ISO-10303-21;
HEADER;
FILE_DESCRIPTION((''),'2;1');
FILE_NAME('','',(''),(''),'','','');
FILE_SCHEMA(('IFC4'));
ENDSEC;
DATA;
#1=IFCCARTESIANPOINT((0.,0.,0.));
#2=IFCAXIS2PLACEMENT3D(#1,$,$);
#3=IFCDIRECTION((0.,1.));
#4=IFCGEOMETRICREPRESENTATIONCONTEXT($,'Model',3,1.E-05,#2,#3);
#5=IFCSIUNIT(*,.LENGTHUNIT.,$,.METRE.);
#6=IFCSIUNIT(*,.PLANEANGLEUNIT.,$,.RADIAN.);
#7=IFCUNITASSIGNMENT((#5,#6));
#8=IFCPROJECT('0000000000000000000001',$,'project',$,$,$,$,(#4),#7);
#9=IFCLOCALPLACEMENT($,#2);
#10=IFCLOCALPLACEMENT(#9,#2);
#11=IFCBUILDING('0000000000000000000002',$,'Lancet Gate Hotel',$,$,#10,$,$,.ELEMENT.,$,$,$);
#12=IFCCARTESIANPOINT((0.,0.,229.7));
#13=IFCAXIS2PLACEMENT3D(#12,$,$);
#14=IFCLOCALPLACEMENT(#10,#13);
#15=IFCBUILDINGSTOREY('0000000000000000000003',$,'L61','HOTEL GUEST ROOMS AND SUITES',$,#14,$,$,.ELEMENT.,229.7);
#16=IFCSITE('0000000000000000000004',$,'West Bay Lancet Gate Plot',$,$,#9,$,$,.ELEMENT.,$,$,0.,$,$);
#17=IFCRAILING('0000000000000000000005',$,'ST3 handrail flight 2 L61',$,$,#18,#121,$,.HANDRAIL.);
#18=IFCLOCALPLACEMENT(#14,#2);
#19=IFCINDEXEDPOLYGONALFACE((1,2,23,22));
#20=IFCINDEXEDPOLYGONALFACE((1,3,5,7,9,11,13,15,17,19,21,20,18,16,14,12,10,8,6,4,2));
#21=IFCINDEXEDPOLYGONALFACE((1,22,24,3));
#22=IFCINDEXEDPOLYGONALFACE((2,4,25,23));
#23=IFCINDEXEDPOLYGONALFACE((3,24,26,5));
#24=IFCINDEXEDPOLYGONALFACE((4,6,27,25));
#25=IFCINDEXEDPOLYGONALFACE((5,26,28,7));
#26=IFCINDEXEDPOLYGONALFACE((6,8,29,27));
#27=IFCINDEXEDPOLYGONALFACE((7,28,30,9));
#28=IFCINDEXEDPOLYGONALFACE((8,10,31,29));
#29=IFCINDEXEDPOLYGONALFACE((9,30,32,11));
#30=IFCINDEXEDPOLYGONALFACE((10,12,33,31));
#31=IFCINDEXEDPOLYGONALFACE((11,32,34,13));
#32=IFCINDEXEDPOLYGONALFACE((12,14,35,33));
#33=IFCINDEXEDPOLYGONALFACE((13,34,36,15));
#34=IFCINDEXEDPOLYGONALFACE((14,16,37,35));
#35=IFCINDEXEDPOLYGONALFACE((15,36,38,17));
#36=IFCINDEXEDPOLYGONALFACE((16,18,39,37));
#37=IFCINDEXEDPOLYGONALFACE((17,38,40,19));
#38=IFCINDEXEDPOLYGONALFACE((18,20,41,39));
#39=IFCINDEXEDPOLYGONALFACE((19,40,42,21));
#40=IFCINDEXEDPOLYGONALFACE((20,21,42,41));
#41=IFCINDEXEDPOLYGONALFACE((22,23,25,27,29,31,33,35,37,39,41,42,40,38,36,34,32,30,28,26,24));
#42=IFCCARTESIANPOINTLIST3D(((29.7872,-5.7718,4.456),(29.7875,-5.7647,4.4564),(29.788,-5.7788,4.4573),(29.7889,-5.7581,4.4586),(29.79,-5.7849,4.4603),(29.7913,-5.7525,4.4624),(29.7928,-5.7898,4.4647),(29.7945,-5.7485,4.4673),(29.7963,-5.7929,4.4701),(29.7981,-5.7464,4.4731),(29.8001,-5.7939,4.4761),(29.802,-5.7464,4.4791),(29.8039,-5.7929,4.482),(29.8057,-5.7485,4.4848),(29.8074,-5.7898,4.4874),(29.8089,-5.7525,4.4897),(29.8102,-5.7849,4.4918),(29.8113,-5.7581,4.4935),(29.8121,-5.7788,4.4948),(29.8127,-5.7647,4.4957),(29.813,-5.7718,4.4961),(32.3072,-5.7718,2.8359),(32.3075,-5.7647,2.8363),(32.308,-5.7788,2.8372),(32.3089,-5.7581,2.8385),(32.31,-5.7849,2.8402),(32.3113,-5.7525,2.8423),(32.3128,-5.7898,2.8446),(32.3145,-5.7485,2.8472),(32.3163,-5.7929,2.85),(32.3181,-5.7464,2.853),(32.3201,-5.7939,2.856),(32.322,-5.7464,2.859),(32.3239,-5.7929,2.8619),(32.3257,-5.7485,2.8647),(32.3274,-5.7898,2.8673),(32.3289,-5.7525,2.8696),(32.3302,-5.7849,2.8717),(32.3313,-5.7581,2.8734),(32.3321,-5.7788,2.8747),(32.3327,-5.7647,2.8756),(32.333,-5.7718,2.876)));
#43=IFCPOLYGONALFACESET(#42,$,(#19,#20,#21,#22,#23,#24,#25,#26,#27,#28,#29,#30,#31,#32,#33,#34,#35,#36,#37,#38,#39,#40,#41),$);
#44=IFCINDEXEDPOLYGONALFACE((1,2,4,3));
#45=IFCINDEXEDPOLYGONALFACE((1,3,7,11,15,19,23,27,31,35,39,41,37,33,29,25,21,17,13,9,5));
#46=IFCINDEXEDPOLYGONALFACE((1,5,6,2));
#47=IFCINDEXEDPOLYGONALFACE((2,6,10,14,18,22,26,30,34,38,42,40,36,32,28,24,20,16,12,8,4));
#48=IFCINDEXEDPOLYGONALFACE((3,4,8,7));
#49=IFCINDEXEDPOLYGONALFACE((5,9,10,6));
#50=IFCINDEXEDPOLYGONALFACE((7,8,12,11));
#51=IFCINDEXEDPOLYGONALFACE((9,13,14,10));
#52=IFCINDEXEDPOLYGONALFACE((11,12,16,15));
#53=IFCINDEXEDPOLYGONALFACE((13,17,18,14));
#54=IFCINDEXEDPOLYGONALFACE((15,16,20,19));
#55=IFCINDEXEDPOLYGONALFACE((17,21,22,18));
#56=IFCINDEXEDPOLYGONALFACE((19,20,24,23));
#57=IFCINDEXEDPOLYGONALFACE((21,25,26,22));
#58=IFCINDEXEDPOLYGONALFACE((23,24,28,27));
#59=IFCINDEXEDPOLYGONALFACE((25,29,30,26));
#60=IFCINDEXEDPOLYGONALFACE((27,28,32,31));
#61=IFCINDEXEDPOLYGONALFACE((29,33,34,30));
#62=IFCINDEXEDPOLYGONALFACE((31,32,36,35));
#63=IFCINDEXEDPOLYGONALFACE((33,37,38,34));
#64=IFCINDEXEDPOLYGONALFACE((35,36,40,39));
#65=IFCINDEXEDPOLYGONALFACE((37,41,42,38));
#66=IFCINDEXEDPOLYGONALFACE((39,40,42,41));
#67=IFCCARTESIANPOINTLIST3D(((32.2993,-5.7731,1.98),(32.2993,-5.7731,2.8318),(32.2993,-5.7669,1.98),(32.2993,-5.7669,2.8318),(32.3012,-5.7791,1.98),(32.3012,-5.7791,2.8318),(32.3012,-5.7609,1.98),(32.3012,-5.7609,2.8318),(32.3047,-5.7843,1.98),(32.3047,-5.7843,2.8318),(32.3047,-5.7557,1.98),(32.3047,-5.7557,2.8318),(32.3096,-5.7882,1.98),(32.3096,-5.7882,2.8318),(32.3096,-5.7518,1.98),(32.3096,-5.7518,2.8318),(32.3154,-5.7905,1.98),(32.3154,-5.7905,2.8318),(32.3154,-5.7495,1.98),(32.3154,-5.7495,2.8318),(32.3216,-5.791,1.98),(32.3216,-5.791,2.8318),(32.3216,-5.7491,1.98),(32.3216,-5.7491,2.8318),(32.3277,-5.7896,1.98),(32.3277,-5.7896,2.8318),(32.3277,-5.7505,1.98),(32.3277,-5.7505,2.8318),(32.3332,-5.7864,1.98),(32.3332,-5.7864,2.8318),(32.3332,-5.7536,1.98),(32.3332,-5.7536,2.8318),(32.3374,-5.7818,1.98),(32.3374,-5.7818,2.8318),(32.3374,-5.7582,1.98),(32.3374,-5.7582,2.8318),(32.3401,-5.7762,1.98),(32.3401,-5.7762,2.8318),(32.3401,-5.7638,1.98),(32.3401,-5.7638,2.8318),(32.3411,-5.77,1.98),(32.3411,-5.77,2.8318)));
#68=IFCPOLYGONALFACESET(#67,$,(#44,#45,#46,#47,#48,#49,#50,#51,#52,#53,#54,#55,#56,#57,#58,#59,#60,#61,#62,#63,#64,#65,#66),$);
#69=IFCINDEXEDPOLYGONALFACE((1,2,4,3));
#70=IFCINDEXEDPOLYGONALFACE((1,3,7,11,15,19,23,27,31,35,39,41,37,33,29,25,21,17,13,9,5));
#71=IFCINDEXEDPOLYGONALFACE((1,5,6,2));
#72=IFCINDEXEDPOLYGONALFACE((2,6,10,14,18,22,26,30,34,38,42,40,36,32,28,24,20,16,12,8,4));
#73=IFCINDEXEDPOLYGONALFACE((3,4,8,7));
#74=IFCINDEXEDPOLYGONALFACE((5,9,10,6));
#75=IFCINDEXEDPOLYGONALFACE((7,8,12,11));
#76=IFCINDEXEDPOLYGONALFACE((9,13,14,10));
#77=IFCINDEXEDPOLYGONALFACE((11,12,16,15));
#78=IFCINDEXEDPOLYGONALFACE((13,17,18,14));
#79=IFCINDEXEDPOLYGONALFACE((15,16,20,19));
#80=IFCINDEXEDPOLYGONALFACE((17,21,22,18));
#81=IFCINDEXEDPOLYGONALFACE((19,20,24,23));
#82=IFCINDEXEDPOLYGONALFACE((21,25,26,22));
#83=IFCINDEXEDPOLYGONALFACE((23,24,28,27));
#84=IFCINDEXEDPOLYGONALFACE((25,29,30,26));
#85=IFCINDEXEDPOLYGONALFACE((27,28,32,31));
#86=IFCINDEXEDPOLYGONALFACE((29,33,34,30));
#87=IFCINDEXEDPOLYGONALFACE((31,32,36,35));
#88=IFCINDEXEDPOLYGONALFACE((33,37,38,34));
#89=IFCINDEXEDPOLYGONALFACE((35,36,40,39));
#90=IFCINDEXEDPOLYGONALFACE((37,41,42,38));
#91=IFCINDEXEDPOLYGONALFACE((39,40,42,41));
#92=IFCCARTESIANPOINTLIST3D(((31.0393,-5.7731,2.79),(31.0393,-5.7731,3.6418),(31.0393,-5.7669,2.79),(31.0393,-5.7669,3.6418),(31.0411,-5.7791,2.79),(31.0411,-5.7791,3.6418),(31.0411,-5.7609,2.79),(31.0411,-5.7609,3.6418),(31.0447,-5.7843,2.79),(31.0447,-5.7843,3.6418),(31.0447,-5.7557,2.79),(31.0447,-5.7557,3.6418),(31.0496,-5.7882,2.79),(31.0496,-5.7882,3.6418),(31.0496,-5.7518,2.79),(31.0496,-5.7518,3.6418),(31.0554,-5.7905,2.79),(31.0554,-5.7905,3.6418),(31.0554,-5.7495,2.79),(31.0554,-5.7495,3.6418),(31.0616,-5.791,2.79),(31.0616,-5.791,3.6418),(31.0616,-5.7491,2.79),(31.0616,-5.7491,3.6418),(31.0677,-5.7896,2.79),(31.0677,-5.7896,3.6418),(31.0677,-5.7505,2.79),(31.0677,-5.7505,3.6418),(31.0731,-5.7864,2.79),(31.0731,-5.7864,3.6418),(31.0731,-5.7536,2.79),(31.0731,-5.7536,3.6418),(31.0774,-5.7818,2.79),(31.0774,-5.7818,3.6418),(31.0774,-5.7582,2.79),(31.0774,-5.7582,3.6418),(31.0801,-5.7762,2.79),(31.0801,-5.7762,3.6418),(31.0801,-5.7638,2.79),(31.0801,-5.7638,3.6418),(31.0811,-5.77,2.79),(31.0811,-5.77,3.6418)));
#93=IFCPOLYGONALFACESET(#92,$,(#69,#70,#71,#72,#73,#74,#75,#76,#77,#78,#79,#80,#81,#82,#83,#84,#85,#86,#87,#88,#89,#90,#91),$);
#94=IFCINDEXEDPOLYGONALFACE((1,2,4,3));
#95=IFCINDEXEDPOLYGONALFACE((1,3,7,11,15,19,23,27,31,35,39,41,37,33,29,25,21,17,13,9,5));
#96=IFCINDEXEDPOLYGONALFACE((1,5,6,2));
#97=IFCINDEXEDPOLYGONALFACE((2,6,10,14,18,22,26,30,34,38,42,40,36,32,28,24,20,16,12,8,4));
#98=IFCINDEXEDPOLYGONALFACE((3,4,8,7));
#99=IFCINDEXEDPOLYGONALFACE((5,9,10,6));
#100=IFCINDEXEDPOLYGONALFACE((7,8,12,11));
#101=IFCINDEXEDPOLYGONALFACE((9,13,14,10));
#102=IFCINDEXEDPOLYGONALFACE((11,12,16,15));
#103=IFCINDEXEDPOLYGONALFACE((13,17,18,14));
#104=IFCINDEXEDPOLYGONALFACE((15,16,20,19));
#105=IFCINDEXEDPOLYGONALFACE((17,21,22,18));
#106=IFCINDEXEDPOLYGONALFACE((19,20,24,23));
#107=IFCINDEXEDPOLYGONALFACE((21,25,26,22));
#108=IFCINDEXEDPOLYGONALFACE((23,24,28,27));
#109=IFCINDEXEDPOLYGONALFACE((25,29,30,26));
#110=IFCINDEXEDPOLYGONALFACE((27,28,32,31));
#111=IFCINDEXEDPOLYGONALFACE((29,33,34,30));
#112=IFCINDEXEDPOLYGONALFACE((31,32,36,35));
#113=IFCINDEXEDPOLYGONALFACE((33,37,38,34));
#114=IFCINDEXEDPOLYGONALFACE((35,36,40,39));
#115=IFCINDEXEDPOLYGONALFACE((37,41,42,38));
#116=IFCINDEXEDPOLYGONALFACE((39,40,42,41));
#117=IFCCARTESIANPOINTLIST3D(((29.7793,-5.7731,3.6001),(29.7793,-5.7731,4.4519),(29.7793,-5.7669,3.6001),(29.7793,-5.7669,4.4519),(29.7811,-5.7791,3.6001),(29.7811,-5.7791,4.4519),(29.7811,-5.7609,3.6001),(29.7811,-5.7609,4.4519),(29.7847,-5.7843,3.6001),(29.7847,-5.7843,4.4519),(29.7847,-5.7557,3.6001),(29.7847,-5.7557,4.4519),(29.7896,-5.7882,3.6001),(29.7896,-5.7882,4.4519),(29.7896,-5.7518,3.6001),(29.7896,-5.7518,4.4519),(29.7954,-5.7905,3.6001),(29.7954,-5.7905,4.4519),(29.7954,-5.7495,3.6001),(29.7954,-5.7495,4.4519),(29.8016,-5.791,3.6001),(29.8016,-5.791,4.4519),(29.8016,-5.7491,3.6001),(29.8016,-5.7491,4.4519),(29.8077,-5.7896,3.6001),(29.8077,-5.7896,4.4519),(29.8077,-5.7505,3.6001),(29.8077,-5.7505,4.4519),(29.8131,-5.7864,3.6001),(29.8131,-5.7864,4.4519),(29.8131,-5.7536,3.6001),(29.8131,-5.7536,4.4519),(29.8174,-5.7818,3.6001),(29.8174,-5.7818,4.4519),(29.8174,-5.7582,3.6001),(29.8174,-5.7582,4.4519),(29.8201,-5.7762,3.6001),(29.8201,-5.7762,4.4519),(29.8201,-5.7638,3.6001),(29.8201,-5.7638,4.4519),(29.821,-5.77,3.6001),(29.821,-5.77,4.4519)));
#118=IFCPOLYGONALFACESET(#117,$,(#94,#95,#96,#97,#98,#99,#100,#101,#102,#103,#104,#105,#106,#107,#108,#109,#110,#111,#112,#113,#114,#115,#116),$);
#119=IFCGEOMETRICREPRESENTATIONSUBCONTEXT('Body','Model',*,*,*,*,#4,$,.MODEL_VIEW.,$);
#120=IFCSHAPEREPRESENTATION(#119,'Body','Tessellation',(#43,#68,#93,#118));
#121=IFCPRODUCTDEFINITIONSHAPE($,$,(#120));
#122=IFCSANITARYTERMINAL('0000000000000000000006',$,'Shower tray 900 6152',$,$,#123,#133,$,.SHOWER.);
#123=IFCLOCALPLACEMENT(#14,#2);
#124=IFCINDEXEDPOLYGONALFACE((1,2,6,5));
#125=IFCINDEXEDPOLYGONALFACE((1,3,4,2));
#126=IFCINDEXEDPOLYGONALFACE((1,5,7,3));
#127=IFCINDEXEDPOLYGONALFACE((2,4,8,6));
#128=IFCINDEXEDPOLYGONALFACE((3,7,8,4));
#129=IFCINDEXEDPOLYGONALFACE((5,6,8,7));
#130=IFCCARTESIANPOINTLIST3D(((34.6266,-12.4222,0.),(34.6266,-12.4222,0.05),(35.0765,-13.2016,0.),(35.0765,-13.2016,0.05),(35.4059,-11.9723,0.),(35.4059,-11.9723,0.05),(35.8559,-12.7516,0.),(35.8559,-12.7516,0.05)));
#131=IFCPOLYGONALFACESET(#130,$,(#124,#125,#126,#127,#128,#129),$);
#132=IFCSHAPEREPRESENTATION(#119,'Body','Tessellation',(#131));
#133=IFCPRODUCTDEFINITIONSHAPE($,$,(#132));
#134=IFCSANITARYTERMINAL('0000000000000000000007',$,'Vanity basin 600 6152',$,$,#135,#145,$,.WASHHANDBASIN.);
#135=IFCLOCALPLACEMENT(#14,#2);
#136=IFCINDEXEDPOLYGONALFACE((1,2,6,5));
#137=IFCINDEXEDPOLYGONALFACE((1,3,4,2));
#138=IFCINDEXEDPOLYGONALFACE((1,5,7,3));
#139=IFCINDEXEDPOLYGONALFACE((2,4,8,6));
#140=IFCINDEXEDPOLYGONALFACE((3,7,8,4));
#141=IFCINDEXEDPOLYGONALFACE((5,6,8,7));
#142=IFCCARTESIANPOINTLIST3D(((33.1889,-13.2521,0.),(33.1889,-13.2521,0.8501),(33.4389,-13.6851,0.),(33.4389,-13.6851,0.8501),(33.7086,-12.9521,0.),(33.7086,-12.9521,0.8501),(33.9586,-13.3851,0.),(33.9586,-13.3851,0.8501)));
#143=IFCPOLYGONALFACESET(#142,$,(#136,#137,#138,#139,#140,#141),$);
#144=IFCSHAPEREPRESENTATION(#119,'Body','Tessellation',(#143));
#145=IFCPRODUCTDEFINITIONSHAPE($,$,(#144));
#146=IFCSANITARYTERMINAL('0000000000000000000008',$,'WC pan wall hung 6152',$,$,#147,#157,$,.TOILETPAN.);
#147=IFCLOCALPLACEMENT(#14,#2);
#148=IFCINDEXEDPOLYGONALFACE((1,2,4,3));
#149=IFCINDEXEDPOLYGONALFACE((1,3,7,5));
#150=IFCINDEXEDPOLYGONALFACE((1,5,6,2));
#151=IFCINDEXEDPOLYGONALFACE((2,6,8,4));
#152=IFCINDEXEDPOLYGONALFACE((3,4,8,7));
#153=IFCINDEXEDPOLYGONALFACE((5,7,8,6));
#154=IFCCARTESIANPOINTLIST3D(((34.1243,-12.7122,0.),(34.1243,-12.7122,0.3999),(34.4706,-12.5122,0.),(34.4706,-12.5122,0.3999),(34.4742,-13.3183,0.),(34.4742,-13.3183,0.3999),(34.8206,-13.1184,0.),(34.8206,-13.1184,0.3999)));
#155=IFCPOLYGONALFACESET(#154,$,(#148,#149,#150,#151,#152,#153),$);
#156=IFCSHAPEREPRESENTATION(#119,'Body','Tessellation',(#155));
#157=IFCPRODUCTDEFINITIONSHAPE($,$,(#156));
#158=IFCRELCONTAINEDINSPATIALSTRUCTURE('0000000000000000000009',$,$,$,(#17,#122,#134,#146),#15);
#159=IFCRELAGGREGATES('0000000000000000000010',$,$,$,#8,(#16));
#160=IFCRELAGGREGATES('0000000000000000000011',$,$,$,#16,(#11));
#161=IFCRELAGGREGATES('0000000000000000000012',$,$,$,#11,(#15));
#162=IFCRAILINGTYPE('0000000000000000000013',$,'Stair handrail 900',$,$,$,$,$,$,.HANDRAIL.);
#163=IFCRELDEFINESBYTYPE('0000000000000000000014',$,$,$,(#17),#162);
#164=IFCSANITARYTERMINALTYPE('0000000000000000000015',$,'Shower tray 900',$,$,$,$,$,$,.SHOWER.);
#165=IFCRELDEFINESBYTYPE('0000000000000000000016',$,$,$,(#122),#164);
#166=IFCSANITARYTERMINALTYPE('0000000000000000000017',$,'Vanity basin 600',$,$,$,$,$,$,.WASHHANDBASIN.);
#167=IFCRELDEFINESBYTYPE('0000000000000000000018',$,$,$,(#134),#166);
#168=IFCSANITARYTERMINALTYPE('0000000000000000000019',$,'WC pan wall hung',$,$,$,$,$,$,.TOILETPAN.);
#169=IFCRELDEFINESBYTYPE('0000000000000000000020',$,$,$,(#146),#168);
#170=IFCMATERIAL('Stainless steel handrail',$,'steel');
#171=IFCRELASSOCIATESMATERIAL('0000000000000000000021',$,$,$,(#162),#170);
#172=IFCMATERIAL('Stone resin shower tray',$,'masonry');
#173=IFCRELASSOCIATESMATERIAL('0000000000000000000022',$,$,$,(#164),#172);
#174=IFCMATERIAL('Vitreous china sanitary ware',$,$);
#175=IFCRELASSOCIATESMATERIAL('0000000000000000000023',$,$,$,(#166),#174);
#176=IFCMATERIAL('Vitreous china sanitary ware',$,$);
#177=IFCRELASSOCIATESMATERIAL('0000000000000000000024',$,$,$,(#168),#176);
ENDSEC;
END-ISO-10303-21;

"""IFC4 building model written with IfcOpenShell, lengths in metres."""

from ifc_helpers import new_model, si_unit, direction, frame, origin, origin_2d, place, context, subcontext, project, spatial, rectangle, circle, extrude, material, type_object, element, save


model = new_model("IFC4")

# Units and contexts
model_context = context("Model", 3, precision=1e-05, world=origin(), true_north=direction((0.0, 1.0)))
body_context = subcontext(model_context, "Body", "Model", "MODEL_VIEW")
ifc_project = project(units=[si_unit("LENGTHUNIT", "METRE"), si_unit("PLANEANGLEUNIT", "RADIAN")], contexts=[model_context])

# Site, building, storey
site_placement = place(None, origin())
site = spatial("IfcSite", under=ifc_project, at=site_placement, Name="West Bay Lancet Gate Plot", CompositionType="ELEMENT", RefElevation=0.0)
building_placement = place(site_placement, origin())
building = spatial("IfcBuilding", under=site, at=building_placement, Name="Lancet Gate Hotel", CompositionType="ELEMENT")
storey_placement = place(building_placement, frame((0.0, 0.0, 229.7)))
storey = spatial("IfcBuildingStorey", under=building, at=storey_placement, Name="L61", Description="HOTEL GUEST ROOMS AND SUITES", CompositionType="ELEMENT", Elevation=229.7)

# Railing
ifc_material_1 = material(Name="Stainless steel handrail", Category="steel")
railing_type = type_object("IfcRailingType", Name="Stair handrail 900", PredefinedType="HANDRAIL", material=ifc_material_1)
railing_1_placement = place(storey_placement, frame((32.3201, -5.77, 1.98)))
element("IfcRailing", 1, at=railing_1_placement, inside=storey, type_object=railing_type, Name="ST3 handrail flight 2 L61", PredefinedType="HANDRAIL", context=body_context, shape_type="SweptSolid", body=[
    extrude(circle(Radius=0.0239, at=origin_2d()), frame((0.0, 0.0, 0.876), z_axis=(-0.841163, 0.0, 0.540782), x_axis=(0.0, -1.0, 0.0)), (0.0, 0.0, 1.0), 2.9958),
    extrude(circle(Radius=0.021, at=origin_2d()), origin(), (0.0, 0.0, 1.0), 0.8518),
    extrude(circle(Radius=0.021, at=origin_2d()), frame((-1.26, 0.0, 0.8101)), (0.0, 0.0, 1.0), 0.8518),
    extrude(circle(Radius=0.021, at=origin_2d()), frame((-2.52, 0.0, 1.6201)), (0.0, 0.0, 1.0), 0.8518),
])

# Sanitary terminals
ifc_material_2 = material(Name="Stone resin shower tray", Category="masonry")
sanitary_terminal_type_1 = type_object("IfcSanitaryTerminalType", Name="Shower tray 900", PredefinedType="SHOWER", material=ifc_material_2)
sanitary_terminal_1_placement = place(storey_placement, frame((35.2412, -12.5869, 0.0), z_axis=(0.0, 0.0, 1.0), x_axis=(0.866025, 0.5, 0.0)))
element("IfcSanitaryTerminal", 2, at=sanitary_terminal_1_placement, inside=storey, type_object=sanitary_terminal_type_1, Name="Shower tray 900 6152", PredefinedType="SHOWER", context=body_context, shape_type="SweptSolid", body=[
    extrude(rectangle(XDim=0.8999, YDim=0.8999, at=origin_2d()), origin(), (0.0, 0.0, 1.0), 0.05),
])
ifc_material_3 = material(Name="Vitreous china sanitary ware")
sanitary_terminal_type_2 = type_object("IfcSanitaryTerminalType", Name="Vanity basin 600", PredefinedType="WASHHANDBASIN", material=ifc_material_3)
sanitary_terminal_2_placement = place(storey_placement, frame((33.5737, -13.3186, 0.0), z_axis=(0.0, 0.0, 1.0), x_axis=(0.866025, 0.5, 0.0)))
element("IfcSanitaryTerminal", 3, at=sanitary_terminal_2_placement, inside=storey, type_object=sanitary_terminal_type_2, Name="Vanity basin 600 6152", PredefinedType="WASHHANDBASIN", context=body_context, shape_type="SweptSolid", body=[
    extrude(rectangle(XDim=0.6001, YDim=0.5, at=origin_2d()), origin(), (0.0, 0.0, 1.0), 0.8501),
])
ifc_material_4 = material(Name="Vitreous china sanitary ware")
sanitary_terminal_type_3 = type_object("IfcSanitaryTerminalType", Name="WC pan wall hung", PredefinedType="TOILETPAN", material=ifc_material_4)
sanitary_terminal_3_placement = place(storey_placement, frame((34.4724, -12.9153, 0.0), z_axis=(0.0, 0.0, 1.0), x_axis=(0.866025, 0.5, 0.0)))
element("IfcSanitaryTerminal", 4, at=sanitary_terminal_3_placement, inside=storey, type_object=sanitary_terminal_type_3, Name="WC pan wall hung 6152", PredefinedType="TOILETPAN", context=body_context, shape_type="SweptSolid", body=[
    extrude(rectangle(XDim=0.3999, YDim=0.7, at=origin_2d()), origin(), (0.0, 0.0, 1.0), 0.3999),
])

save(model, "model.ifc")
